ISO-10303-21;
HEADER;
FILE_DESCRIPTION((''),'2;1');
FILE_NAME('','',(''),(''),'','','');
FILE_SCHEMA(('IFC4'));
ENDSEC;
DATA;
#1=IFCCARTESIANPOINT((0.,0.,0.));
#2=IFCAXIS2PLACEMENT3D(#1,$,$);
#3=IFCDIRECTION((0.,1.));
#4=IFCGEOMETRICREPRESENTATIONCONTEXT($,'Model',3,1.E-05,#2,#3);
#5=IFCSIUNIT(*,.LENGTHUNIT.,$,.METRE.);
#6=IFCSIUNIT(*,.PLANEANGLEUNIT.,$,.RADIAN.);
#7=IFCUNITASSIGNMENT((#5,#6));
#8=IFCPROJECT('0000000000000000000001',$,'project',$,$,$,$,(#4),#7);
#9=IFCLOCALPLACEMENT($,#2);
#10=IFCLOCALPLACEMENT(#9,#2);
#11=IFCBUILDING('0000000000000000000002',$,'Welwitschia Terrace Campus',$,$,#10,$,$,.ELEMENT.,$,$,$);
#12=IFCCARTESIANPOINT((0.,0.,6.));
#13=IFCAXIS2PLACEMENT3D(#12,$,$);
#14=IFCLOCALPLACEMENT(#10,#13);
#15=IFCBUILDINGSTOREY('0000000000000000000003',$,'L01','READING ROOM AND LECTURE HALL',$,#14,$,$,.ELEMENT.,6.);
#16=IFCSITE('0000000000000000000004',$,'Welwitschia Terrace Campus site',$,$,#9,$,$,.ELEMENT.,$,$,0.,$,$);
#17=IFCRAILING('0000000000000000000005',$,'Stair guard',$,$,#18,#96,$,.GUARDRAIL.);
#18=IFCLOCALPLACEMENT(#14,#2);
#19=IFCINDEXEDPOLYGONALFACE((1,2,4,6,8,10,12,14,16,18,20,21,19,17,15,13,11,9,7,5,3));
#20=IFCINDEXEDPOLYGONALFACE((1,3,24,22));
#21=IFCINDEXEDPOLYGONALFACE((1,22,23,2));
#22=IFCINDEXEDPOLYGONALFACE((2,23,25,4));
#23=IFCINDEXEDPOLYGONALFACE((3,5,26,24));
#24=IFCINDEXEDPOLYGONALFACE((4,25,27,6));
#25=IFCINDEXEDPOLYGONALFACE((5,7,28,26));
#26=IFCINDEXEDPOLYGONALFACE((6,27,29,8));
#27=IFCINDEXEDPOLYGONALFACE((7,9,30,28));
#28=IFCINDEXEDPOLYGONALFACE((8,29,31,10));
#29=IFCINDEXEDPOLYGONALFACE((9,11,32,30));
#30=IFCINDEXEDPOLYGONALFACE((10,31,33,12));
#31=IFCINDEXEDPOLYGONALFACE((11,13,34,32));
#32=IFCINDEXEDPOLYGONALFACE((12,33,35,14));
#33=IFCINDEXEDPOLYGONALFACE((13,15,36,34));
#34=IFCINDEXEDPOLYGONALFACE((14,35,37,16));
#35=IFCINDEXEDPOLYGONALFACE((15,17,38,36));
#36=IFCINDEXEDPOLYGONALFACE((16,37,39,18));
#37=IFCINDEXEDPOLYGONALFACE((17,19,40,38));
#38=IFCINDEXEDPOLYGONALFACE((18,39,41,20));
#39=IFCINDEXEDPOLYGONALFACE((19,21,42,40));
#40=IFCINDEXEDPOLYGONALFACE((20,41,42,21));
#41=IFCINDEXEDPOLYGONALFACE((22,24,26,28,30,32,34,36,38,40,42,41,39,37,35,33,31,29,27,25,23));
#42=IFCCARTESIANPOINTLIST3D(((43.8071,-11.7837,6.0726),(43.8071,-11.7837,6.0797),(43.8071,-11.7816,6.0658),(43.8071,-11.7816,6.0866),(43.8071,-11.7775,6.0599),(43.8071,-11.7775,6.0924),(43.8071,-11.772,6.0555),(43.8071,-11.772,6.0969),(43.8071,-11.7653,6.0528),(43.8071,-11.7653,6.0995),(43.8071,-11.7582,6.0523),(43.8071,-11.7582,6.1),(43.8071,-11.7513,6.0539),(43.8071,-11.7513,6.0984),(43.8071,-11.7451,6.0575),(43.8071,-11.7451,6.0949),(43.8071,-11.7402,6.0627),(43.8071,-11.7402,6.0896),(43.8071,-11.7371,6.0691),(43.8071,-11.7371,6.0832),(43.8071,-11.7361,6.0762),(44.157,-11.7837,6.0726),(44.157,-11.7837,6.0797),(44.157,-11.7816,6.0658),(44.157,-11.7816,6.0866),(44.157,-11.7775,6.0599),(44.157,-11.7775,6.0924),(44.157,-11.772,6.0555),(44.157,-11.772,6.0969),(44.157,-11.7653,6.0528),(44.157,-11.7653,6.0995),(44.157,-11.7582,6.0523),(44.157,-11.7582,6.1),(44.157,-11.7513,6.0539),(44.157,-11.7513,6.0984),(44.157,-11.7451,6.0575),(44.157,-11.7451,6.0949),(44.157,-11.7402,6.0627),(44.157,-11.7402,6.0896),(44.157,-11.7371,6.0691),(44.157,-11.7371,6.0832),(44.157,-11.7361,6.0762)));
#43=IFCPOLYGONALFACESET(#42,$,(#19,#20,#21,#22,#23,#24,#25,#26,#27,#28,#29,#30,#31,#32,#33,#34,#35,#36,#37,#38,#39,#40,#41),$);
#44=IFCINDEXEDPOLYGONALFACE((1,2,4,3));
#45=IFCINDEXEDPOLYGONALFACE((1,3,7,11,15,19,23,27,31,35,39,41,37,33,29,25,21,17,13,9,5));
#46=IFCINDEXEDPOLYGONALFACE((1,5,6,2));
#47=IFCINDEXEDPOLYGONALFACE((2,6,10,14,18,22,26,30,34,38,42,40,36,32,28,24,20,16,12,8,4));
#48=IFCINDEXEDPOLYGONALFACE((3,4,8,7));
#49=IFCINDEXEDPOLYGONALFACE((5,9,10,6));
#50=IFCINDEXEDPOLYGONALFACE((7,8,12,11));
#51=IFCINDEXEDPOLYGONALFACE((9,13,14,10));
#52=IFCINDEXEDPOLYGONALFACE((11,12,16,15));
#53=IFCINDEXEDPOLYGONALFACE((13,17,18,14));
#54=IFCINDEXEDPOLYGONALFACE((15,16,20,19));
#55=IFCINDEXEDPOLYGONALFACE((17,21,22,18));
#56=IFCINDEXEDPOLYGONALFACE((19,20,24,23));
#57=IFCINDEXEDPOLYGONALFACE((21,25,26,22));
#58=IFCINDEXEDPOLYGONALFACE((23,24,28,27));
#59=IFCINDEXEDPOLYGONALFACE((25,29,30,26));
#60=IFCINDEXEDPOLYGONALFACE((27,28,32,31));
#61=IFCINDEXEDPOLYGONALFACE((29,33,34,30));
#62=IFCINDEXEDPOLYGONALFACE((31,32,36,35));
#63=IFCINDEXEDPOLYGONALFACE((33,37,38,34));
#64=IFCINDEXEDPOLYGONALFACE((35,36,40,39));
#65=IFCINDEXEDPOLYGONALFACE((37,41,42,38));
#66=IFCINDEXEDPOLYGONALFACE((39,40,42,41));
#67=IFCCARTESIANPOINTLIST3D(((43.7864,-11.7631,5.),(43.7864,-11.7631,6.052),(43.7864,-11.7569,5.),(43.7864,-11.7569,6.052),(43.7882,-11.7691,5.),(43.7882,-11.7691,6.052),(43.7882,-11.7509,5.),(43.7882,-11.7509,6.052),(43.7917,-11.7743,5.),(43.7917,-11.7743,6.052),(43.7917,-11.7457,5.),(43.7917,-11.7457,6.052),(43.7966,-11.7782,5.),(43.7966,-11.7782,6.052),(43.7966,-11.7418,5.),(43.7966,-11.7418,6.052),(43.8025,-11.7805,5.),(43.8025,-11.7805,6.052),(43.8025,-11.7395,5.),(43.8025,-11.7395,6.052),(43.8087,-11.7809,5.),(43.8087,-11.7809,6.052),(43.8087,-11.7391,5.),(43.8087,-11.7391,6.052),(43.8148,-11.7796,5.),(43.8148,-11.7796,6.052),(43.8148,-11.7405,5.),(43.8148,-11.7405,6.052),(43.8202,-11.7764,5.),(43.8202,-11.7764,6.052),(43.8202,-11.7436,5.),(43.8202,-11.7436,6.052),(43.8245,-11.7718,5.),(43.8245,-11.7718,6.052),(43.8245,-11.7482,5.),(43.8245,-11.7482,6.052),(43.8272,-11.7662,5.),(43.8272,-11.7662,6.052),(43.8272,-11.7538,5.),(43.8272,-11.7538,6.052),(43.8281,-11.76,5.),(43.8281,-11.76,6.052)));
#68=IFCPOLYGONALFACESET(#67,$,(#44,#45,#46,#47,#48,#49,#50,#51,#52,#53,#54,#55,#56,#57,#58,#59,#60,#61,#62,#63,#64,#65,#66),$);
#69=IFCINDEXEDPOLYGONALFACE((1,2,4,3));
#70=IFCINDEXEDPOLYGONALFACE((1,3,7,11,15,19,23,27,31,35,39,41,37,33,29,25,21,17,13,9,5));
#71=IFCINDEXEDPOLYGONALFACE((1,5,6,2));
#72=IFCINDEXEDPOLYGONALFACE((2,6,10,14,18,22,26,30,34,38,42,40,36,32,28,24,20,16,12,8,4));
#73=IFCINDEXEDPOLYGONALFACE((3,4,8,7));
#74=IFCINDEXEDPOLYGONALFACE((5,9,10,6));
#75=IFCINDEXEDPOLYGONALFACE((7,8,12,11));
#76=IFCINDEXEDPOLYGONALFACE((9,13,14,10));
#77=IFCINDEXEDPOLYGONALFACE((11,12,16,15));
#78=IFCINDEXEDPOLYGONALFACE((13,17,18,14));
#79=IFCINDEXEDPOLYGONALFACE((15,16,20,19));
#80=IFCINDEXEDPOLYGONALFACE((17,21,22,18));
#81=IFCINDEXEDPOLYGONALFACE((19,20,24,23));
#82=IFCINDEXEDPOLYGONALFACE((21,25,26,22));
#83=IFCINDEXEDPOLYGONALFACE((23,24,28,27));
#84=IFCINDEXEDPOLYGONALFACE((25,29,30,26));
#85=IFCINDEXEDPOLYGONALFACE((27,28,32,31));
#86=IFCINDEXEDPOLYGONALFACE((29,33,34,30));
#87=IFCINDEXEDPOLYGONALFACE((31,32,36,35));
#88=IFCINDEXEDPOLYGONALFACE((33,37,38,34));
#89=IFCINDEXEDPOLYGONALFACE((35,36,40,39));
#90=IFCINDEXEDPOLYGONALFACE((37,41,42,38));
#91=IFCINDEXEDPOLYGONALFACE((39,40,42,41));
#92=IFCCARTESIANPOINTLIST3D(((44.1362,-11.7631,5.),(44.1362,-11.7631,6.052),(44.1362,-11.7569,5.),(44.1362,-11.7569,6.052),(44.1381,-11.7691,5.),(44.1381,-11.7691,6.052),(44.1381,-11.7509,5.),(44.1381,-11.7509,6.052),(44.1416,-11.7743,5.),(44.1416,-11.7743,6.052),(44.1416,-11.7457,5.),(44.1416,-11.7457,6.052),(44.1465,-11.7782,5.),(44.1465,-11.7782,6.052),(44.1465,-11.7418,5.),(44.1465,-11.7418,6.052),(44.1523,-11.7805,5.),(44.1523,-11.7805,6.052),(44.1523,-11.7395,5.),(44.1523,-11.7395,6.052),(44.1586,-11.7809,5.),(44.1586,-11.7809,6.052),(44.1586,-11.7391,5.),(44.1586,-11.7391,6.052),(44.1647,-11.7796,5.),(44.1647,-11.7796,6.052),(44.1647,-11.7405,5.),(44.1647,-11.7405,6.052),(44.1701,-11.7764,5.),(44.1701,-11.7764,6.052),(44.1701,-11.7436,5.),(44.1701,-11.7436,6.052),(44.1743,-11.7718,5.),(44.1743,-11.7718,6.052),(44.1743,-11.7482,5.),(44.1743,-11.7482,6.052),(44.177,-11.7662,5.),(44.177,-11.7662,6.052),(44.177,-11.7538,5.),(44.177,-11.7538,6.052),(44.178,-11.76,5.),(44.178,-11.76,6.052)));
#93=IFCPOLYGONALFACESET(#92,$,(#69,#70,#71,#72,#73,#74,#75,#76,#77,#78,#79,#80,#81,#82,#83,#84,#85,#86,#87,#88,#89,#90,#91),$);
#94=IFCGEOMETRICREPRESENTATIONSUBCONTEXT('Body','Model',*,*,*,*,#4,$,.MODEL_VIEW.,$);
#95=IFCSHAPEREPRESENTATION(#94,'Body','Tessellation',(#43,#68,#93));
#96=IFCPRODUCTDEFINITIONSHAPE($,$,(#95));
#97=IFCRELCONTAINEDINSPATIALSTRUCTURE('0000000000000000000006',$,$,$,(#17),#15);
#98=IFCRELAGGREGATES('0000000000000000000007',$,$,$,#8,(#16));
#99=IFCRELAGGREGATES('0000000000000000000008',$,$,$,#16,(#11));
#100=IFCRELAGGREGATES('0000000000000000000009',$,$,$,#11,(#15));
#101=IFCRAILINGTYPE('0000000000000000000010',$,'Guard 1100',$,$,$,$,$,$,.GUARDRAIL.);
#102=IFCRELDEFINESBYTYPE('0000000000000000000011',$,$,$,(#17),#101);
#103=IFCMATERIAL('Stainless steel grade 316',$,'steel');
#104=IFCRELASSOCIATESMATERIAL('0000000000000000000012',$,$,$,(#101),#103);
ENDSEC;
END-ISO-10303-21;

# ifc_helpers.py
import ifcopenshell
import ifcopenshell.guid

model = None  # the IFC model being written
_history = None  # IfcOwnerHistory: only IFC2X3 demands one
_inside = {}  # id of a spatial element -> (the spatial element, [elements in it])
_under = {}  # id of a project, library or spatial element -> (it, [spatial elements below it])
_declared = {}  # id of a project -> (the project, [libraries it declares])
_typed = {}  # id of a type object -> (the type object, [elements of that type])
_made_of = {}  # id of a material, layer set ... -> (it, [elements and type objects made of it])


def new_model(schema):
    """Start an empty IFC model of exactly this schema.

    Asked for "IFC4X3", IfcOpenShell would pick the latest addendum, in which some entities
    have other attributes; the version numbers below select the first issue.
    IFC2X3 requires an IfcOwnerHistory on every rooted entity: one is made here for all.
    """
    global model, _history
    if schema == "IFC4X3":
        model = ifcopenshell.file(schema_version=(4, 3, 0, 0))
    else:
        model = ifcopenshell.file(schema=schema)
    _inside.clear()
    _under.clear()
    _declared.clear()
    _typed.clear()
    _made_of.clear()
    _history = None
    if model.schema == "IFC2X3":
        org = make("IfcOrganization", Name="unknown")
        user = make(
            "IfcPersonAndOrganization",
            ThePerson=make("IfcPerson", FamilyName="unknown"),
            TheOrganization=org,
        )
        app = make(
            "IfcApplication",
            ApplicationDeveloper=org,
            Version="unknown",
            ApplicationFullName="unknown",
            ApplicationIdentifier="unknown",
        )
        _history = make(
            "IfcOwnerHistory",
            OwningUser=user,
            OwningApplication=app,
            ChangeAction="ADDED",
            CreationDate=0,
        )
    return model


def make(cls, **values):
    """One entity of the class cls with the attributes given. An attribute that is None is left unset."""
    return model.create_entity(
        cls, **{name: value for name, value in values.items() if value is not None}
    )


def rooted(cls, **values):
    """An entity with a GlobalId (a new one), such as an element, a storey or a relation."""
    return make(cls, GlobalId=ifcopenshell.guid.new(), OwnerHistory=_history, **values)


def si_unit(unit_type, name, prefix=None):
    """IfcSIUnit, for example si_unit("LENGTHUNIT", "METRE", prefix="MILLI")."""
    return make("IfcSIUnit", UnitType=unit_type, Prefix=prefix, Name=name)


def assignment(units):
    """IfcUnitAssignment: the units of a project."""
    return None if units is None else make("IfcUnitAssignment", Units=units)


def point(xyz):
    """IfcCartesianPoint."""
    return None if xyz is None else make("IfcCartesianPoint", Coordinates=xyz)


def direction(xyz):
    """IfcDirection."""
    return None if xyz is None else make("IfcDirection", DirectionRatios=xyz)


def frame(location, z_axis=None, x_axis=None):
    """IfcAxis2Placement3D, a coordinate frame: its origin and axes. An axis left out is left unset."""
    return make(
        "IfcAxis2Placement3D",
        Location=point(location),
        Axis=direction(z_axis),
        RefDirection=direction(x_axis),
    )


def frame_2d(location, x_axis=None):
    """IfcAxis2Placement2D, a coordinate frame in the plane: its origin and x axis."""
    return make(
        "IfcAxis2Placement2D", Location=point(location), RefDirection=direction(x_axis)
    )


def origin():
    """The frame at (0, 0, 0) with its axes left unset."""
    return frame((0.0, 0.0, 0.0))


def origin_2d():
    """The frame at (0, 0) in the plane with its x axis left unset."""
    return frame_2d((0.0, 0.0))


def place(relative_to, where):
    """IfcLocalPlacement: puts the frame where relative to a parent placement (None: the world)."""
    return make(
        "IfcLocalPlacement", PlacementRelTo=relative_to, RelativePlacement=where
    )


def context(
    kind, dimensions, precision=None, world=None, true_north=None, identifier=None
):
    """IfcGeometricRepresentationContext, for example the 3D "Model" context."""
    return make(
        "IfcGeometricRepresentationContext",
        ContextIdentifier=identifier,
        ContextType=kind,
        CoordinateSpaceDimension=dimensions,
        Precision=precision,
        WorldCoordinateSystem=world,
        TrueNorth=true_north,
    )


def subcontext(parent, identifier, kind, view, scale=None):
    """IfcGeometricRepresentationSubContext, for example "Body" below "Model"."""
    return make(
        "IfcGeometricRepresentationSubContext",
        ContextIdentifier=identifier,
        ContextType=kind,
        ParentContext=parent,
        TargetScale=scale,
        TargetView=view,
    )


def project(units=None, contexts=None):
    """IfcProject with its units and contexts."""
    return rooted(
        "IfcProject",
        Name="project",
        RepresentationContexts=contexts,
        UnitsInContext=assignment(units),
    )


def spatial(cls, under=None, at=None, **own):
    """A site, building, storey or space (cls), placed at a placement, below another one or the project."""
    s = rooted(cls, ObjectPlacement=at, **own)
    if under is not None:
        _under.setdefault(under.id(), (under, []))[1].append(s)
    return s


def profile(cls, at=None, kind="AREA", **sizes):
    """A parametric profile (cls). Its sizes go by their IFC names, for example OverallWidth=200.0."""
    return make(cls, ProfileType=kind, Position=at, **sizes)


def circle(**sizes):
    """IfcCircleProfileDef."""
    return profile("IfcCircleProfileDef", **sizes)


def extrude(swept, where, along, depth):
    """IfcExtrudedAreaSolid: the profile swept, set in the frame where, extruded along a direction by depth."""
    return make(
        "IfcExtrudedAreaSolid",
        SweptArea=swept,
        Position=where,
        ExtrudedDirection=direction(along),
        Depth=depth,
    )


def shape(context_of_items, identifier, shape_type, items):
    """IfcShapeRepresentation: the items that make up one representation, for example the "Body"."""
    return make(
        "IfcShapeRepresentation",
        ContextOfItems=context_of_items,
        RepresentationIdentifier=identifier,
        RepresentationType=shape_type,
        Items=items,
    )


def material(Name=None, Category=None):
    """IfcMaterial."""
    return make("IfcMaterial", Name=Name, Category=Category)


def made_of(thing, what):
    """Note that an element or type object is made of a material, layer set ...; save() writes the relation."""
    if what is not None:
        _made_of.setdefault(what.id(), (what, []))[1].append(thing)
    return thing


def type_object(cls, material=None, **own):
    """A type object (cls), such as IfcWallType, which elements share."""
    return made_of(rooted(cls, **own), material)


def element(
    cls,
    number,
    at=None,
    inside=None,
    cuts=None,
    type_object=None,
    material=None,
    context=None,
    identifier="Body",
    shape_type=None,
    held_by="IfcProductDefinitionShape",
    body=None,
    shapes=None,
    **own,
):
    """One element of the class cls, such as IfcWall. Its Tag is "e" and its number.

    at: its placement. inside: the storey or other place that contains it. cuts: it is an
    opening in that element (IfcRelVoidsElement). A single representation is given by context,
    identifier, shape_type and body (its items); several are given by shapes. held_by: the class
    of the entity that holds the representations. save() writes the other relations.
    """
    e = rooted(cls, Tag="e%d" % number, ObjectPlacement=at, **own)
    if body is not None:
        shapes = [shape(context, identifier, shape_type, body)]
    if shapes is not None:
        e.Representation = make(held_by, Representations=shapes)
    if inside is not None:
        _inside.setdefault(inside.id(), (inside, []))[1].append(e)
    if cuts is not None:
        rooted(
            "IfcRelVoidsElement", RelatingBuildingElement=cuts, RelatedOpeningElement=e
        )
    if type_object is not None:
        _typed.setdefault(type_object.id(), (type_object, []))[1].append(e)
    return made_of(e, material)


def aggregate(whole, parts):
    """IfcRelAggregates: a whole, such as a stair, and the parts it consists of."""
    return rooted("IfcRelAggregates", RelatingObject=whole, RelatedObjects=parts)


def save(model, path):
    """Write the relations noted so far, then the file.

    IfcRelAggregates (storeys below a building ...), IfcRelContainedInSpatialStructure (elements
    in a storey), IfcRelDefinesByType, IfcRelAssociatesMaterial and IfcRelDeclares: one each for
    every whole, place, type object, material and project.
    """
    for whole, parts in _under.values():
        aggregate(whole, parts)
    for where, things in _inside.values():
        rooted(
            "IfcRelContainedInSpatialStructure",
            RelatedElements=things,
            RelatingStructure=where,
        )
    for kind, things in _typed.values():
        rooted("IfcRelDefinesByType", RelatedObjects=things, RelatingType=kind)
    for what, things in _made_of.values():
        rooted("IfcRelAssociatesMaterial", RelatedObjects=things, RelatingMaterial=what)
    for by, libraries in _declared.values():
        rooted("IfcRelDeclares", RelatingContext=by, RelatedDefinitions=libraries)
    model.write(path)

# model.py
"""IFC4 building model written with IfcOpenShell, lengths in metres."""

from ifc_helpers import new_model, si_unit, direction, frame, origin, origin_2d, place, context, subcontext, project, spatial, circle, extrude, material, type_object, element, save


model = new_model("IFC4")

# Units and contexts
model_context = context("Model", 3, precision=1e-05, world=origin(), true_north=direction((0.0, 1.0)))
body_context = subcontext(model_context, "Body", "Model", "MODEL_VIEW")
ifc_project = project(units=[si_unit("LENGTHUNIT", "METRE"), si_unit("PLANEANGLEUNIT", "RADIAN")], contexts=[model_context])

# Site, building, storey
site_placement = place(None, origin())
site = spatial("IfcSite", under=ifc_project, at=site_placement, Name="Welwitschia Terrace Campus site", CompositionType="ELEMENT", RefElevation=0.0)
building_placement = place(site_placement, origin())
building = spatial("IfcBuilding", under=site, at=building_placement, Name="Welwitschia Terrace Campus", CompositionType="ELEMENT")
storey_placement = place(building_placement, frame((0.0, 0.0, 6.0)))
storey = spatial("IfcBuildingStorey", under=building, at=storey_placement, Name="L01", Description="READING ROOM AND LECTURE HALL", CompositionType="ELEMENT", Elevation=6.0)

# Railing
ifc_material_1 = material(Name="Stainless steel grade 316", Category="steel")
railing_type_1 = type_object("IfcRailingType", Name="Guard 1100", PredefinedType="GUARDRAIL", material=ifc_material_1)
for number, where, name in (
    (1, (43.8071, -11.76, 5.0), "Stair guard"),
):
    element("IfcRailing", number, at=place(storey_placement, frame(where)), inside=storey, type_object=railing_type_1, Name=name, PredefinedType="GUARDRAIL", context=body_context, shape_type="SweptSolid", body=[
        extrude(circle(Radius=0.0239, at=origin_2d()), frame((0.0, 0.0, 1.0762), z_axis=(1.0, 0.0, 0.0), x_axis=(0.0, 1.0, 0.0)), (0.0, 0.0, 1.0), 0.3499),
        extrude(circle(Radius=0.021, at=origin_2d()), origin(), (0.0, 0.0, 1.0), 1.052),
        extrude(circle(Radius=0.021, at=origin_2d()), frame((0.3499, 0.0, 0.0)), (0.0, 0.0, 1.0), 1.052),
    ])

save(model, "model.ifc")
